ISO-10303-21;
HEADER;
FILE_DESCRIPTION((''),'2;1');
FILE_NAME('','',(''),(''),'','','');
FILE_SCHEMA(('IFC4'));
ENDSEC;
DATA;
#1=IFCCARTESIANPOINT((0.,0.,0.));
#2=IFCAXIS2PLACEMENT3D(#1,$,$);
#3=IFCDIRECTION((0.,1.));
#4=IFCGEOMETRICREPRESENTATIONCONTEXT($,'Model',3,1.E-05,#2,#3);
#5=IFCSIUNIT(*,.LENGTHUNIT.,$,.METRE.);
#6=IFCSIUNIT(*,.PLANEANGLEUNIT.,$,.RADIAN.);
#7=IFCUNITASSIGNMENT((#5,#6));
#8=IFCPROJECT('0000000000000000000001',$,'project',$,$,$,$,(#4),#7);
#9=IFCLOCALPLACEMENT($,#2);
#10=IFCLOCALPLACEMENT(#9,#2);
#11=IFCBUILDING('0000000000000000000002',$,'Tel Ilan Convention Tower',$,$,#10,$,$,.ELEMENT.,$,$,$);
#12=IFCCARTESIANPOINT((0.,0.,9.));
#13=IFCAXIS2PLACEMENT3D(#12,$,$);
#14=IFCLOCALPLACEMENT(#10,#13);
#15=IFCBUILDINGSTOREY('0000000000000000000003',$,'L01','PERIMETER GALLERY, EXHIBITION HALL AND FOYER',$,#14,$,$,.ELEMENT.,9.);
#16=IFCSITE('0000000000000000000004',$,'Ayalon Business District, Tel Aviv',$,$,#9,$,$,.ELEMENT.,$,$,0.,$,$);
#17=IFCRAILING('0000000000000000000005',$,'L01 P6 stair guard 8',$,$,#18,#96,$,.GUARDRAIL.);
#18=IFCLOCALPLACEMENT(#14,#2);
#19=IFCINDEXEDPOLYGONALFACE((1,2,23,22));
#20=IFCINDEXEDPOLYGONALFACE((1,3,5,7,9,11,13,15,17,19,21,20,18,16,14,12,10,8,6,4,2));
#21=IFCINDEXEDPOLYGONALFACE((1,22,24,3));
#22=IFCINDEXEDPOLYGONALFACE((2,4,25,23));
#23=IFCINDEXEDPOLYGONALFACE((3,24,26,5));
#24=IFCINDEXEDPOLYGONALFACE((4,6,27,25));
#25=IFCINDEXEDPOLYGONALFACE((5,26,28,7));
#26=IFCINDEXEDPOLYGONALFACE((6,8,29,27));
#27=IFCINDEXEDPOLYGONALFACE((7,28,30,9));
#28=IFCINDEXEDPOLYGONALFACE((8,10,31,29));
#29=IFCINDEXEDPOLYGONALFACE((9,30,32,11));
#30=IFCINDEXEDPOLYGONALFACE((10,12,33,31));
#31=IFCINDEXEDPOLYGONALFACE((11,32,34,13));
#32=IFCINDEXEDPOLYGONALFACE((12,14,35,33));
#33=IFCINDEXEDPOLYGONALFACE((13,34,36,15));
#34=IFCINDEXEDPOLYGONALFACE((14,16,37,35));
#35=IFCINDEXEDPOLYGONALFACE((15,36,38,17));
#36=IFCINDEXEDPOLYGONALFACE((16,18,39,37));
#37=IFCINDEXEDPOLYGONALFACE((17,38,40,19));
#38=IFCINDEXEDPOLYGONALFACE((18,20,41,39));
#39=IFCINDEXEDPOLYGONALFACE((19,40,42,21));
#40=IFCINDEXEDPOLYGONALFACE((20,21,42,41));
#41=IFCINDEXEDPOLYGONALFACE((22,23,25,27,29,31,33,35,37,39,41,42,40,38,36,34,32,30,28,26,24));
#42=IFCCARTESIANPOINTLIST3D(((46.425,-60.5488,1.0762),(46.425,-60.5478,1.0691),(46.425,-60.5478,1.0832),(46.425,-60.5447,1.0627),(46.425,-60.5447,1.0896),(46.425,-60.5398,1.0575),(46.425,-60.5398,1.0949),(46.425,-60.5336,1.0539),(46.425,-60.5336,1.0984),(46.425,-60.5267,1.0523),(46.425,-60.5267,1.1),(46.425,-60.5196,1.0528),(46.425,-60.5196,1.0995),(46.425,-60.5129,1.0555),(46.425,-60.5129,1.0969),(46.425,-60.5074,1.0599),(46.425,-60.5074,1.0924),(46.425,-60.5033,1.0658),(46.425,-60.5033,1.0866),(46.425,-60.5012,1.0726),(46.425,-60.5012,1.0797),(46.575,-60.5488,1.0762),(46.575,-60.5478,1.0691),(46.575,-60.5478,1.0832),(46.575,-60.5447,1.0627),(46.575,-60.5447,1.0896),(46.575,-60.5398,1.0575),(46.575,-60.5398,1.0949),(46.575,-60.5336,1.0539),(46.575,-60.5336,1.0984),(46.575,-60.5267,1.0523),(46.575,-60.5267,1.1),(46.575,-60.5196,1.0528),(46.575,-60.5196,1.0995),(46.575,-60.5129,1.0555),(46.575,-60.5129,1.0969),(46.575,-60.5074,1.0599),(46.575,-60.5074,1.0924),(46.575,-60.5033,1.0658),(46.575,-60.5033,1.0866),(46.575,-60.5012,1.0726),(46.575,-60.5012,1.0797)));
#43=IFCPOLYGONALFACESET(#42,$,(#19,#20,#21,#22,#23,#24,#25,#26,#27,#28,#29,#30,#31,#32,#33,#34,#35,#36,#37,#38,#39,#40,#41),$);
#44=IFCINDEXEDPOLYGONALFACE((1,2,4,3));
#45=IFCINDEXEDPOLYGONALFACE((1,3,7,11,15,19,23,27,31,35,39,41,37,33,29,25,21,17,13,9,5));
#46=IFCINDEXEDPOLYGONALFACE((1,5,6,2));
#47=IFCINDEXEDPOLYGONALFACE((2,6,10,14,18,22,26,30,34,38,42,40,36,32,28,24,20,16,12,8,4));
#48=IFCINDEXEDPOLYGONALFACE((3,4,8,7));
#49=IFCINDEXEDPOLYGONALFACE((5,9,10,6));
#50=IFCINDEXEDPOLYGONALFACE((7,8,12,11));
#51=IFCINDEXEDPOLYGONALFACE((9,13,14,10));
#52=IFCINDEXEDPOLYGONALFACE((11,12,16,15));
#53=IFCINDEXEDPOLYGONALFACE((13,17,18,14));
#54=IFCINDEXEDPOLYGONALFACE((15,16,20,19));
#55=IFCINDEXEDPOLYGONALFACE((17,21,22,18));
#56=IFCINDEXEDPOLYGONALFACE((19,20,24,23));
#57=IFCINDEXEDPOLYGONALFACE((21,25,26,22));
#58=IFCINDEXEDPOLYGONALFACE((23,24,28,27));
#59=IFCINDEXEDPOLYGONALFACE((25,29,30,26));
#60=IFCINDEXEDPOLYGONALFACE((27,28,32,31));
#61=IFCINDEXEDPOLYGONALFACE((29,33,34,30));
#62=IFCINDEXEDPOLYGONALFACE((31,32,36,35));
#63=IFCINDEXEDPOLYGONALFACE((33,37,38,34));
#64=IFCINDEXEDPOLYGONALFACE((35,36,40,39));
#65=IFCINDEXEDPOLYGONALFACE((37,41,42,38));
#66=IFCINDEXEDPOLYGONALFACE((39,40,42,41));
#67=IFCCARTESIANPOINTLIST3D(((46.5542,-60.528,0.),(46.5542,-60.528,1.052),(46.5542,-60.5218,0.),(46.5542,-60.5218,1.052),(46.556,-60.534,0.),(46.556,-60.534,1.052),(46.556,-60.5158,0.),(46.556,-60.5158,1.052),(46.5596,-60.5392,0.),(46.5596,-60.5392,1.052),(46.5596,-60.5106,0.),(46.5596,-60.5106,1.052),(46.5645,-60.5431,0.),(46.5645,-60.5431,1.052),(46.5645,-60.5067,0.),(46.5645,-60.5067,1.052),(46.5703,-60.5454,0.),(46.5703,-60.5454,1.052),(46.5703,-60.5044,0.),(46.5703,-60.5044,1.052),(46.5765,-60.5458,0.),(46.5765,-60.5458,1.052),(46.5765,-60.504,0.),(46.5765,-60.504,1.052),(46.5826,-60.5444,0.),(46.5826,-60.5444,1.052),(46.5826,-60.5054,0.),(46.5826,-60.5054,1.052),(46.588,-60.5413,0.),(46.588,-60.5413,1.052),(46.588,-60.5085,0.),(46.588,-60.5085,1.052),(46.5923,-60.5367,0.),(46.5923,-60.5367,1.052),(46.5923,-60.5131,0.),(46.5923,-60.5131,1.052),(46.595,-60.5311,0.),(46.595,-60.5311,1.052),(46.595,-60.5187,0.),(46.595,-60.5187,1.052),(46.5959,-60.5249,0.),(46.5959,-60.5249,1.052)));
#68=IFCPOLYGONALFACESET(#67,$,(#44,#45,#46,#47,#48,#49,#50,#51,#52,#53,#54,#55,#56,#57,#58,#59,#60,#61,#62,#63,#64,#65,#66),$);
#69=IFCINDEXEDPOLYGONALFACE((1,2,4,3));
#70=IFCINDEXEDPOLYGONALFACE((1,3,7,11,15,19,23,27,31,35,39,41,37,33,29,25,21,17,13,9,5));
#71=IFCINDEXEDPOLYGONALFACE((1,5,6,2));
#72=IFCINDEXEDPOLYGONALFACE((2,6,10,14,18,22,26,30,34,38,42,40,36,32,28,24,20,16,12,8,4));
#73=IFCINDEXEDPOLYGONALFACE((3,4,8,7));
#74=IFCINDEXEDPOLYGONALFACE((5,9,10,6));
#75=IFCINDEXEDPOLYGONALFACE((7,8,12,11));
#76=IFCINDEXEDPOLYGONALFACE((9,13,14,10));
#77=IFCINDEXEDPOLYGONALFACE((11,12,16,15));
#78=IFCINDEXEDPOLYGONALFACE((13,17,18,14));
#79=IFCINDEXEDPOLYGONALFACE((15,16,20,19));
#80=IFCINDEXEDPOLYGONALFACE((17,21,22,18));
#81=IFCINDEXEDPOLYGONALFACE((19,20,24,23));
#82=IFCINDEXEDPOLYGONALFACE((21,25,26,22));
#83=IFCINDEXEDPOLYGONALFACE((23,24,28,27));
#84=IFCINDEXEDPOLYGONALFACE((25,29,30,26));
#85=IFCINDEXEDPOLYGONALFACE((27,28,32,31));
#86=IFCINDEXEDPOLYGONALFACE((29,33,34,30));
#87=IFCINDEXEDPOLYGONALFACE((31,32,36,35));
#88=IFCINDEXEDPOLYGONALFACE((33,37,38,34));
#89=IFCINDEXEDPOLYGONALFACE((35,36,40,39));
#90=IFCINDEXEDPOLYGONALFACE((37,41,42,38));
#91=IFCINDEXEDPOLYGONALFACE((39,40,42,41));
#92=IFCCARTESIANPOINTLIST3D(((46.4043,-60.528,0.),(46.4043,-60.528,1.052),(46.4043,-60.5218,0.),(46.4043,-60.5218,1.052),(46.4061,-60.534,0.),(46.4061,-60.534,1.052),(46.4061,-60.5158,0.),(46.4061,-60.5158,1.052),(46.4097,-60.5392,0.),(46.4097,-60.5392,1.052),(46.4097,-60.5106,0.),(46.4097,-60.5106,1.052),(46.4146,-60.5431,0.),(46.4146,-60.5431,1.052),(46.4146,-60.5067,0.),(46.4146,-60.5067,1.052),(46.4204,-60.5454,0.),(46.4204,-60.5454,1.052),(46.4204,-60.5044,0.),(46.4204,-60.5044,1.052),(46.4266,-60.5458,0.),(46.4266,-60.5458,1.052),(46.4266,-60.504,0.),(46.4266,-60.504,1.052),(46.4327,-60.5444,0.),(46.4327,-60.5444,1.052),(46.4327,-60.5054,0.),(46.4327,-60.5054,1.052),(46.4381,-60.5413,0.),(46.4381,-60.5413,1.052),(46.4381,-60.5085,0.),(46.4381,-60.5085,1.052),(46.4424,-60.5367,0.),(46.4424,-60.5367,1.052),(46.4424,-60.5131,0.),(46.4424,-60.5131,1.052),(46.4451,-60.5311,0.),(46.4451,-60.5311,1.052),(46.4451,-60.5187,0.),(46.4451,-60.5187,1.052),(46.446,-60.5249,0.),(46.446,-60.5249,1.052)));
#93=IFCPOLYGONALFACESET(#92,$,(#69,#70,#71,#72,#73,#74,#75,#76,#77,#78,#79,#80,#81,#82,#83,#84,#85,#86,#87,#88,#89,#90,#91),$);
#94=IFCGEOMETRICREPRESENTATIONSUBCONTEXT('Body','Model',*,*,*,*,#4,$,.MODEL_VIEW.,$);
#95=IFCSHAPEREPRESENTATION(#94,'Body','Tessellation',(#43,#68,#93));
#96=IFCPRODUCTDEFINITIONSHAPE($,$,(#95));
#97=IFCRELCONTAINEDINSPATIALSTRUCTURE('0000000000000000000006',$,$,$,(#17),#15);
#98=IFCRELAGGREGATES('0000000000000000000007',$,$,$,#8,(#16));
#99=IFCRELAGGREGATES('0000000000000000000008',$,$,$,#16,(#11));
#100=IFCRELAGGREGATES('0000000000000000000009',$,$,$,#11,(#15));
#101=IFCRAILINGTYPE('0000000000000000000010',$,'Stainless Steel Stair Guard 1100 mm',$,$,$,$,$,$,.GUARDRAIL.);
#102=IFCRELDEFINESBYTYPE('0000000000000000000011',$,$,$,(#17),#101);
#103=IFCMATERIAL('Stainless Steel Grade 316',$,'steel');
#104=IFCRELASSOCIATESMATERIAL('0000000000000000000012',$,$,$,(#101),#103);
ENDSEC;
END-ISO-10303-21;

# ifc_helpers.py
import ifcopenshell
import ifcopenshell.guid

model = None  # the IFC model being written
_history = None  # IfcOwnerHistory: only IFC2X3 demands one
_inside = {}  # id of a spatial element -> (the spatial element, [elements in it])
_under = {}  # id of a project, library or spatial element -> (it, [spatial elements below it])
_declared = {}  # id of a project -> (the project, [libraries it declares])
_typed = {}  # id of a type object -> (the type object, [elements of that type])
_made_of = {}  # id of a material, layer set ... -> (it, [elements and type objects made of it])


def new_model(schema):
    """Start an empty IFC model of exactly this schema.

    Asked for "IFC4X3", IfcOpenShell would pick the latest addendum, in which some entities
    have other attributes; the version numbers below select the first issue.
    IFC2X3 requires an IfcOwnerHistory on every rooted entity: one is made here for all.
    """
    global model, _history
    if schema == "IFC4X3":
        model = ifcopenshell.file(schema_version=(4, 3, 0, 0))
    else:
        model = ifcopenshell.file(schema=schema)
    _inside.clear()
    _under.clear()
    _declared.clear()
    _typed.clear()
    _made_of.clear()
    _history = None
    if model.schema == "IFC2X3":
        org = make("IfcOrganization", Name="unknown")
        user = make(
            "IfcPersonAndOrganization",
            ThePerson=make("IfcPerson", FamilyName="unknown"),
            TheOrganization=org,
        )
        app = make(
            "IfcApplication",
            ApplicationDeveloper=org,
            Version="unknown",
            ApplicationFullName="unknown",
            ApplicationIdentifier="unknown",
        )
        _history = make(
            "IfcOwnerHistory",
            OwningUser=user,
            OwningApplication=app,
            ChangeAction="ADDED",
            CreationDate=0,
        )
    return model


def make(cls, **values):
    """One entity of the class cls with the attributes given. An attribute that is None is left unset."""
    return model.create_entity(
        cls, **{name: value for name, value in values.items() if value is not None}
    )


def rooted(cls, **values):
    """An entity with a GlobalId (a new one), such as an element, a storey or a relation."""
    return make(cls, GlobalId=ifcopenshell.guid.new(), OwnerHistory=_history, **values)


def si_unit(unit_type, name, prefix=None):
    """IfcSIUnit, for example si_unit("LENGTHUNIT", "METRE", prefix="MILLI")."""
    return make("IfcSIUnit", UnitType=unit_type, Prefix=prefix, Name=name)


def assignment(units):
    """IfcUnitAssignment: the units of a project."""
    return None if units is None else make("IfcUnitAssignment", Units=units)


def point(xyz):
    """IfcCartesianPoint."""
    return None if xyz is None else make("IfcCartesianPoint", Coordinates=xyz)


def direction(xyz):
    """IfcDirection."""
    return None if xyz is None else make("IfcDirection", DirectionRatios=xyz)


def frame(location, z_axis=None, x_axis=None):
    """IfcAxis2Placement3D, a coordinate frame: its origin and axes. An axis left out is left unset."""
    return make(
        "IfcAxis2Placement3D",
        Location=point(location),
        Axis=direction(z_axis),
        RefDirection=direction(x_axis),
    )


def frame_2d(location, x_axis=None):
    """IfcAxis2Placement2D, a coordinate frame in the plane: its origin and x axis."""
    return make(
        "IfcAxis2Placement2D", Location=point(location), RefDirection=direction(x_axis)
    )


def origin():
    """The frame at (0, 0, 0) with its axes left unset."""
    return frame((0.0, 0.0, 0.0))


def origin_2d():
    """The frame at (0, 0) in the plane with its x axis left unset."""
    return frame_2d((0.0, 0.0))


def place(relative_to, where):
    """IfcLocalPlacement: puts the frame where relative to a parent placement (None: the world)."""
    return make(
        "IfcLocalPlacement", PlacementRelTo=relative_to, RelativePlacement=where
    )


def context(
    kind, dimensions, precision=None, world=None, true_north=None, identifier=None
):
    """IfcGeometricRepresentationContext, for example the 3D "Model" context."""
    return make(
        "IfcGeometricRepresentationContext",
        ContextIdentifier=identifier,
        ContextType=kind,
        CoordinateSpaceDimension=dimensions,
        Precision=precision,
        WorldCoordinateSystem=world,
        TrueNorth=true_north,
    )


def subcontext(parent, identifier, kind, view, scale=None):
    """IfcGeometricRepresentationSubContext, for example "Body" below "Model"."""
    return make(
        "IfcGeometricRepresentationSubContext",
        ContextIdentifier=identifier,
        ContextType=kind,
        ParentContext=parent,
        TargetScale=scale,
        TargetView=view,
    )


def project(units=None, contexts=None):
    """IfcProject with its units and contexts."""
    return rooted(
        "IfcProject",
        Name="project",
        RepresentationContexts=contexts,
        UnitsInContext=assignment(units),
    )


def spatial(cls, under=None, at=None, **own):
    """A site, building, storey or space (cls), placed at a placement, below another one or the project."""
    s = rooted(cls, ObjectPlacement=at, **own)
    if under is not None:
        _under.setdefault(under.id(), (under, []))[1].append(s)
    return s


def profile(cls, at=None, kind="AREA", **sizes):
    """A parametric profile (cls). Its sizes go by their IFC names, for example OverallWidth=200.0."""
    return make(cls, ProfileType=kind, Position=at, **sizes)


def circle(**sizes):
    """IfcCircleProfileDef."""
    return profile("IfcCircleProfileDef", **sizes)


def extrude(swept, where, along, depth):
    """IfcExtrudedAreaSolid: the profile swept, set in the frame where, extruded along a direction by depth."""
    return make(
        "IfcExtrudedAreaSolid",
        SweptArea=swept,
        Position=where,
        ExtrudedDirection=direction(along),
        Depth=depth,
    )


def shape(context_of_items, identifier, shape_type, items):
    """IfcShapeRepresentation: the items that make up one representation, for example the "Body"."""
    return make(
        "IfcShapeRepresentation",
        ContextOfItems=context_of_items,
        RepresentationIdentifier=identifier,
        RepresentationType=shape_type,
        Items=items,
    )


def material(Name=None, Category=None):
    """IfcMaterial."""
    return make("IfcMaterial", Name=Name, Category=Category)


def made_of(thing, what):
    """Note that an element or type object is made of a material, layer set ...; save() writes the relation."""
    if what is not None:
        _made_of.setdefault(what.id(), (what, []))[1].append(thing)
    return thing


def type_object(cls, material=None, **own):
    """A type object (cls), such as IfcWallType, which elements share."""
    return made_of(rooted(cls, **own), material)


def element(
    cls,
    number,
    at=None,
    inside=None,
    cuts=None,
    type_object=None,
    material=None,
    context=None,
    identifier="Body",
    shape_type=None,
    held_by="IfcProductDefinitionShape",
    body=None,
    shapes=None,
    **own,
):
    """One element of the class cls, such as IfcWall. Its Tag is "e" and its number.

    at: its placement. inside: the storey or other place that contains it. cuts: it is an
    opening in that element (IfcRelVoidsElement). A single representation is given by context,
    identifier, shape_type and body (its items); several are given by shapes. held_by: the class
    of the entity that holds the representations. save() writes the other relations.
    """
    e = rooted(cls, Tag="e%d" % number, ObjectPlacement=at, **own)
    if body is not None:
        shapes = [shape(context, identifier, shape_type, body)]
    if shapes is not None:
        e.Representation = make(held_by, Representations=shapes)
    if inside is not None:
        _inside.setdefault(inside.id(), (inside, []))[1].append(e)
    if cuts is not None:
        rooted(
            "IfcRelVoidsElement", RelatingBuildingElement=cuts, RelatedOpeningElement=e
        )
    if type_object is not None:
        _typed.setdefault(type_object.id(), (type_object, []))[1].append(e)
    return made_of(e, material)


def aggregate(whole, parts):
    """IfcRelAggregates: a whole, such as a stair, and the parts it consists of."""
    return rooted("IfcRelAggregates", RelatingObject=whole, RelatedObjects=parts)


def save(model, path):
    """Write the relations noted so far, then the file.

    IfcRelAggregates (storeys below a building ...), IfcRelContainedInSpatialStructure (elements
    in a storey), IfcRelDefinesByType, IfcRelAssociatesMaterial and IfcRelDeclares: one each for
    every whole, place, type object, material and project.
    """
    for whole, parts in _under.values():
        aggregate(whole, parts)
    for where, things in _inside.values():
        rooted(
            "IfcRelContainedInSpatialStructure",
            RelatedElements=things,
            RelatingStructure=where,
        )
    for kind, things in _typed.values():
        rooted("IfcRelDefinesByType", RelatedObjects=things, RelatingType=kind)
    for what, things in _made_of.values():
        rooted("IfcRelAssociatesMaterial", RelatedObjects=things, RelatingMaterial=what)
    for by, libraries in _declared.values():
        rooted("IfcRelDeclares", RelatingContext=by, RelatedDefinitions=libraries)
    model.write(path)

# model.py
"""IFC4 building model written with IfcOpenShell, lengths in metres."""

from ifc_helpers import new_model, si_unit, direction, frame, origin, origin_2d, place, context, subcontext, project, spatial, circle, extrude, material, type_object, element, save


model = new_model("IFC4")

# Units and contexts
model_context = context("Model", 3, precision=1e-05, world=origin(), true_north=direction((0.0, 1.0)))
body_context = subcontext(model_context, "Body", "Model", "MODEL_VIEW")
ifc_project = project(units=[si_unit("LENGTHUNIT", "METRE"), si_unit("PLANEANGLEUNIT", "RADIAN")], contexts=[model_context])

# Site, building, storey
site_placement = place(None, origin())
site = spatial("IfcSite", under=ifc_project, at=site_placement, Name="Ayalon Business District, Tel Aviv", CompositionType="ELEMENT", RefElevation=0.0)
building_placement = place(site_placement, origin())
building = spatial("IfcBuilding", under=site, at=building_placement, Name="Tel Ilan Convention Tower", CompositionType="ELEMENT")
storey_placement = place(building_placement, frame((0.0, 0.0, 9.0)))
storey = spatial("IfcBuildingStorey", under=building, at=storey_placement, Name="L01", Description="PERIMETER GALLERY, EXHIBITION HALL AND FOYER", CompositionType="ELEMENT", Elevation=9.0)

# Railing
ifc_material_1 = material(Name="Stainless Steel Grade 316", Category="steel")
railing_type_1 = type_object("IfcRailingType", Name="Stainless Steel Stair Guard 1100 mm", PredefinedType="GUARDRAIL", material=ifc_material_1)
railing_1_placement = place(storey_placement, frame((46.575, -60.5249, 0.0)))
element("IfcRailing", 1, at=railing_1_placement, inside=storey, type_object=railing_type_1, Name="L01 P6 stair guard 8", PredefinedType="GUARDRAIL", context=body_context, shape_type="SweptSolid", body=[
    extrude(circle(Radius=0.0239, at=origin_2d()), frame((0.0, 0.0, 1.0762), z_axis=(-1.0, 0.0, 0.0), x_axis=(0.0, -1.0, 0.0)), (0.0, 0.0, 1.0), 0.1499),
    extrude(circle(Radius=0.021, at=origin_2d()), origin(), (0.0, 0.0, 1.0), 1.052),
    extrude(circle(Radius=0.021, at=origin_2d()), frame((-0.1499, 0.0, 0.0)), (0.0, 0.0, 1.0), 1.052),
])

save(model, "model.ifc")
